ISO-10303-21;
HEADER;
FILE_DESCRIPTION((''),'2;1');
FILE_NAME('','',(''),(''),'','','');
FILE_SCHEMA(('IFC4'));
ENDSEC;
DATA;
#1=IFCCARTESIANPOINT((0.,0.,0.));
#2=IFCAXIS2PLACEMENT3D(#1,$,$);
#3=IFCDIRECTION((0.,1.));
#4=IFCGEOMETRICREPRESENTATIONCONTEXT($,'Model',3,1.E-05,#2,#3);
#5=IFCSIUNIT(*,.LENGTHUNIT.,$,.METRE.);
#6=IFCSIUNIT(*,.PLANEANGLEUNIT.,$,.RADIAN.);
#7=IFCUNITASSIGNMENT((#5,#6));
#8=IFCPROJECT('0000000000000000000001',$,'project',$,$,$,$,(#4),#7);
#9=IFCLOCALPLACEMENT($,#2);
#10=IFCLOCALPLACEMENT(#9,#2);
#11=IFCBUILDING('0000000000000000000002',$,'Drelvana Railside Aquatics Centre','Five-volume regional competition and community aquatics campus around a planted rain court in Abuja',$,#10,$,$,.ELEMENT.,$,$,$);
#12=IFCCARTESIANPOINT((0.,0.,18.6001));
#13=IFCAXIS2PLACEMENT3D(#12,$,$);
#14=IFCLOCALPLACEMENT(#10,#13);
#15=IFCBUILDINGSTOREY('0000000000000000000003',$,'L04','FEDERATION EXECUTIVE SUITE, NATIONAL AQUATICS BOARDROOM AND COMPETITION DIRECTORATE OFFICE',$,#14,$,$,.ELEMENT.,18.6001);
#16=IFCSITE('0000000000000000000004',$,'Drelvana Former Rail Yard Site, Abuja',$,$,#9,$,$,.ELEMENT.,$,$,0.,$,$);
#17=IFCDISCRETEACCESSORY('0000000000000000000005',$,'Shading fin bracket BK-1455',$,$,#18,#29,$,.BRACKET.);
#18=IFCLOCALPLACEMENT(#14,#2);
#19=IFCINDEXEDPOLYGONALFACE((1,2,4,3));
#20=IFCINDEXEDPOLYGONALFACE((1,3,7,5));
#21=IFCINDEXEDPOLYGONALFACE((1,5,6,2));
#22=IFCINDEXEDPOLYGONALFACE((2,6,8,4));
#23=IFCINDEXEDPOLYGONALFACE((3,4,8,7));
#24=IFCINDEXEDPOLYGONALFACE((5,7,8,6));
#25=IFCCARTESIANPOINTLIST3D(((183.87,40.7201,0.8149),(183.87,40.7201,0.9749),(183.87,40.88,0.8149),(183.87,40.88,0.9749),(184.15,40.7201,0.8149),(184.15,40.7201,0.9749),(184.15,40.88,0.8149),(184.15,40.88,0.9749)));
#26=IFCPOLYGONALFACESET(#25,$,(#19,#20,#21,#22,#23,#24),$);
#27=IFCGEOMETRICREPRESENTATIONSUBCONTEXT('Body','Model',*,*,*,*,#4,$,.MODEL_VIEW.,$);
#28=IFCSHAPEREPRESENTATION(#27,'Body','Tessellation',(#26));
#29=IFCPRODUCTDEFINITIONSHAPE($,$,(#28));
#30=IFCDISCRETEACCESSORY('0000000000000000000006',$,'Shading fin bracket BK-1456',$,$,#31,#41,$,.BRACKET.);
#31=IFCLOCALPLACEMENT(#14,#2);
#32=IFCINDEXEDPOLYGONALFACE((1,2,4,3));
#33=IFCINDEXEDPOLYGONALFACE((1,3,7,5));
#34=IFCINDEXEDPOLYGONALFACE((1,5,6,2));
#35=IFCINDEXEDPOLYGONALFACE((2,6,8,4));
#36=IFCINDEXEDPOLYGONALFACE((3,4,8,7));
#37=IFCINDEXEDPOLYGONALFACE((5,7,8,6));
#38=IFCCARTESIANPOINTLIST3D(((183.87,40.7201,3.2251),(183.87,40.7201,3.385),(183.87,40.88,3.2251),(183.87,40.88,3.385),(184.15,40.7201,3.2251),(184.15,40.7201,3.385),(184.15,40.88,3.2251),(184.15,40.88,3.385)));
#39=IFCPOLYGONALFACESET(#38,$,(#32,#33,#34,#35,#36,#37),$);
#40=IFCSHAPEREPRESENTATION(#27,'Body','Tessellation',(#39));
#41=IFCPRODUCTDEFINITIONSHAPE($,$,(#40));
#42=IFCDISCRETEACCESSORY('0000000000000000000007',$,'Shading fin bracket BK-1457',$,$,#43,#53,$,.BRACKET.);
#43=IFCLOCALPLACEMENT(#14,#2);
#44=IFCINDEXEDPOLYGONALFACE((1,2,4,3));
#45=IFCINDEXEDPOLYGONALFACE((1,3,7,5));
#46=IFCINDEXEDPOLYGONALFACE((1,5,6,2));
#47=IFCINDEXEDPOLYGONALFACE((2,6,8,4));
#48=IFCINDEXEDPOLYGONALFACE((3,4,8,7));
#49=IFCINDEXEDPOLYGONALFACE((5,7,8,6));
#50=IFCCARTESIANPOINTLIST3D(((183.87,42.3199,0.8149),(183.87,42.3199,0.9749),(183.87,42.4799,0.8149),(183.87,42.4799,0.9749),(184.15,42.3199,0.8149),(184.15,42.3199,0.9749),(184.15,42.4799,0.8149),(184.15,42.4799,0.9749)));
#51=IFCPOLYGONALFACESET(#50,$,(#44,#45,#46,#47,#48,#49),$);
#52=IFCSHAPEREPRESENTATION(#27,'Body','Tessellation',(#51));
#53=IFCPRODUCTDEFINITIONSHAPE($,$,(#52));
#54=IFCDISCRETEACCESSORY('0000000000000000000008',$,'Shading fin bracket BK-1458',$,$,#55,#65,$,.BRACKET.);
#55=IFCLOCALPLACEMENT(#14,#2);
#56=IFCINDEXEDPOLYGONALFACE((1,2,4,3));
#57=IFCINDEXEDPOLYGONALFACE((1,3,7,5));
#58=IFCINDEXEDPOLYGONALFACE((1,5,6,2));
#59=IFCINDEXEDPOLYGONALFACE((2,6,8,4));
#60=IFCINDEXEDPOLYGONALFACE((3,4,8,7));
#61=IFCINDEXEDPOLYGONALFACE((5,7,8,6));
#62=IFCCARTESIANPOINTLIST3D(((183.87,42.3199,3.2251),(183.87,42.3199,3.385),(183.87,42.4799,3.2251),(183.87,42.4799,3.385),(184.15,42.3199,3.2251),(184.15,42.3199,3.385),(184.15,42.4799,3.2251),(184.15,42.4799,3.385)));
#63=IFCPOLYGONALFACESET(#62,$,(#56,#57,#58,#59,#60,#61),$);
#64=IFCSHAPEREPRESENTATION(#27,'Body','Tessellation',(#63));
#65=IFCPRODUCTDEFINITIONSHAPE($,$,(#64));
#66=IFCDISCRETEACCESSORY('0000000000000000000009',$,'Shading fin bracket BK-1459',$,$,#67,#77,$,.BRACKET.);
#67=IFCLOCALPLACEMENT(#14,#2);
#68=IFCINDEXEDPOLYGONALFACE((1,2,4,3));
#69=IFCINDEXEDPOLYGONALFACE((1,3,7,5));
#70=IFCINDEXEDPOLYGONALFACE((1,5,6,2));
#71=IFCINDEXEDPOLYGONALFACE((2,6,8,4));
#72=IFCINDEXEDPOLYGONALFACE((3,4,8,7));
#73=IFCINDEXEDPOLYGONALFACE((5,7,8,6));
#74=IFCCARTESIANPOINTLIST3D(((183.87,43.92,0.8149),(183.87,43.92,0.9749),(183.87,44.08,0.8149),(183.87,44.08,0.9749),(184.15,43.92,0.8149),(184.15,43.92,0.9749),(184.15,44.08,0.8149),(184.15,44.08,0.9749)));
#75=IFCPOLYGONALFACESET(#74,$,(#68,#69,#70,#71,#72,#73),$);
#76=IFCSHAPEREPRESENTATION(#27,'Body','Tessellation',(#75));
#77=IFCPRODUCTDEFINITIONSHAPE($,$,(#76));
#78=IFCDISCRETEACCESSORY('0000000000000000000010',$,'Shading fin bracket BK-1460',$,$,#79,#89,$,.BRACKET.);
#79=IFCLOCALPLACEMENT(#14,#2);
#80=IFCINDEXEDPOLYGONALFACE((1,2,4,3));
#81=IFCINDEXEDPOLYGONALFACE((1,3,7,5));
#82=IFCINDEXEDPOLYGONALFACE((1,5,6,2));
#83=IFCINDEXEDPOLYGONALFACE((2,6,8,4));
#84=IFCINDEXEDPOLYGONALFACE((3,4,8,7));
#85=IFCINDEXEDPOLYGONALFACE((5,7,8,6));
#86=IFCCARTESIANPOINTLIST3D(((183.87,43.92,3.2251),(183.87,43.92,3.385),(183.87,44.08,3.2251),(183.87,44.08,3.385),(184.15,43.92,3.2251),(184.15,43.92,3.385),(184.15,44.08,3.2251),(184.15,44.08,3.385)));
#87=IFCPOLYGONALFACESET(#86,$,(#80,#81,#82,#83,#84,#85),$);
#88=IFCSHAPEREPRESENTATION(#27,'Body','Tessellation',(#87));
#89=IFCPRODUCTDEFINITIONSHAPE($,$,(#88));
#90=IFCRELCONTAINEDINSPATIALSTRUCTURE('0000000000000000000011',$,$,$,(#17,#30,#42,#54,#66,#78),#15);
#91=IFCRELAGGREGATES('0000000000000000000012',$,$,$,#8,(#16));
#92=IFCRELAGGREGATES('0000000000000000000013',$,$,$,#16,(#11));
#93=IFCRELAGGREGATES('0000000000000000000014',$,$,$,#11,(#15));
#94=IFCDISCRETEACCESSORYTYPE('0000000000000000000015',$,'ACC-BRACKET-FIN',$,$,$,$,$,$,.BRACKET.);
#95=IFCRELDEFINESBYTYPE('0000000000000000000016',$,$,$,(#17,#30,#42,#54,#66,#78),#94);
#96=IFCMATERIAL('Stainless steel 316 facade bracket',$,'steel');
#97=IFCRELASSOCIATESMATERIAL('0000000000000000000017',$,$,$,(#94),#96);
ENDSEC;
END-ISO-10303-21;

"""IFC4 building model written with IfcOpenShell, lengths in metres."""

from ifc_helpers import new_model, si_unit, direction, frame, origin, origin_2d, place, context, subcontext, project, spatial, rectangle, extrude, material, type_object, element, save


model = new_model("IFC4")

# Units and contexts
model_context = context("Model", 3, precision=1e-05, world=origin(), true_north=direction((0.0, 1.0)))
body_context = subcontext(model_context, "Body", "Model", "MODEL_VIEW")
ifc_project = project(units=[si_unit("LENGTHUNIT", "METRE"), si_unit("PLANEANGLEUNIT", "RADIAN")], contexts=[model_context])

# Site, building, storey
site_placement = place(None, origin())
site = spatial("IfcSite", under=ifc_project, at=site_placement, Name="Drelvana Former Rail Yard Site, Abuja", CompositionType="ELEMENT", RefElevation=0.0)
building_placement = place(site_placement, origin())
building = spatial("IfcBuilding", under=site, at=building_placement, Name="Drelvana Railside Aquatics Centre", Description="Five-volume regional competition and community aquatics campus around a planted rain court in Abuja", CompositionType="ELEMENT")
storey_placement = place(building_placement, frame((0.0, 0.0, 18.6001)))
storey = spatial("IfcBuildingStorey", under=building, at=storey_placement, Name="L04", Description="FEDERATION EXECUTIVE SUITE, NATIONAL AQUATICS BOARDROOM AND COMPETITION DIRECTORATE OFFICE", CompositionType="ELEMENT", Elevation=18.6001)

# Discrete accessories
ifc_material_1 = material(Name="Stainless steel 316 facade bracket", Category="steel")
discrete_accessory_type = type_object("IfcDiscreteAccessoryType", Name="ACC-BRACKET-FIN", PredefinedType="BRACKET", material=ifc_material_1)
for number, where, z_axis, x_axis, name in (
    (1, (184.01, 40.8, 0.8149), (0.0, 0.0, 1.0), (1.0, 0.0, 0.0), "Shading fin bracket BK-1455"),
    (2, (184.01, 40.8, 3.2251), (0.0, 0.0, 1.0), (1.0, 0.0, 0.0), "Shading fin bracket BK-1456"),
    (3, (184.01, 42.3999, 0.8149), (0.0, 0.0, 1.0), (1.0, 0.0, 0.0), "Shading fin bracket BK-1457"),
    (4, (184.01, 42.3999, 3.2251), (0.0, 0.0, 1.0), (1.0, 0.0, 0.0), "Shading fin bracket BK-1458"),
    (5, (184.01, 44.0, 0.8149), (0.0, 0.0, 1.0), (1.0, 0.0, 0.0), "Shading fin bracket BK-1459"),
    (6, (184.01, 44.0, 3.2251), (0.0, 0.0, 1.0), (1.0, 0.0, 0.0), "Shading fin bracket BK-1460"),
):
    element("IfcDiscreteAccessory", number, at=place(storey_placement, frame(where, z_axis=z_axis, x_axis=x_axis)), inside=storey, type_object=discrete_accessory_type, Name=name, PredefinedType="BRACKET", context=body_context, shape_type="SweptSolid", body=[
        extrude(rectangle(XDim=0.28, YDim=0.1599, at=origin_2d()), origin(), (0.0, 0.0, 1.0), 0.1599),
    ])

save(model, "model.ifc")
